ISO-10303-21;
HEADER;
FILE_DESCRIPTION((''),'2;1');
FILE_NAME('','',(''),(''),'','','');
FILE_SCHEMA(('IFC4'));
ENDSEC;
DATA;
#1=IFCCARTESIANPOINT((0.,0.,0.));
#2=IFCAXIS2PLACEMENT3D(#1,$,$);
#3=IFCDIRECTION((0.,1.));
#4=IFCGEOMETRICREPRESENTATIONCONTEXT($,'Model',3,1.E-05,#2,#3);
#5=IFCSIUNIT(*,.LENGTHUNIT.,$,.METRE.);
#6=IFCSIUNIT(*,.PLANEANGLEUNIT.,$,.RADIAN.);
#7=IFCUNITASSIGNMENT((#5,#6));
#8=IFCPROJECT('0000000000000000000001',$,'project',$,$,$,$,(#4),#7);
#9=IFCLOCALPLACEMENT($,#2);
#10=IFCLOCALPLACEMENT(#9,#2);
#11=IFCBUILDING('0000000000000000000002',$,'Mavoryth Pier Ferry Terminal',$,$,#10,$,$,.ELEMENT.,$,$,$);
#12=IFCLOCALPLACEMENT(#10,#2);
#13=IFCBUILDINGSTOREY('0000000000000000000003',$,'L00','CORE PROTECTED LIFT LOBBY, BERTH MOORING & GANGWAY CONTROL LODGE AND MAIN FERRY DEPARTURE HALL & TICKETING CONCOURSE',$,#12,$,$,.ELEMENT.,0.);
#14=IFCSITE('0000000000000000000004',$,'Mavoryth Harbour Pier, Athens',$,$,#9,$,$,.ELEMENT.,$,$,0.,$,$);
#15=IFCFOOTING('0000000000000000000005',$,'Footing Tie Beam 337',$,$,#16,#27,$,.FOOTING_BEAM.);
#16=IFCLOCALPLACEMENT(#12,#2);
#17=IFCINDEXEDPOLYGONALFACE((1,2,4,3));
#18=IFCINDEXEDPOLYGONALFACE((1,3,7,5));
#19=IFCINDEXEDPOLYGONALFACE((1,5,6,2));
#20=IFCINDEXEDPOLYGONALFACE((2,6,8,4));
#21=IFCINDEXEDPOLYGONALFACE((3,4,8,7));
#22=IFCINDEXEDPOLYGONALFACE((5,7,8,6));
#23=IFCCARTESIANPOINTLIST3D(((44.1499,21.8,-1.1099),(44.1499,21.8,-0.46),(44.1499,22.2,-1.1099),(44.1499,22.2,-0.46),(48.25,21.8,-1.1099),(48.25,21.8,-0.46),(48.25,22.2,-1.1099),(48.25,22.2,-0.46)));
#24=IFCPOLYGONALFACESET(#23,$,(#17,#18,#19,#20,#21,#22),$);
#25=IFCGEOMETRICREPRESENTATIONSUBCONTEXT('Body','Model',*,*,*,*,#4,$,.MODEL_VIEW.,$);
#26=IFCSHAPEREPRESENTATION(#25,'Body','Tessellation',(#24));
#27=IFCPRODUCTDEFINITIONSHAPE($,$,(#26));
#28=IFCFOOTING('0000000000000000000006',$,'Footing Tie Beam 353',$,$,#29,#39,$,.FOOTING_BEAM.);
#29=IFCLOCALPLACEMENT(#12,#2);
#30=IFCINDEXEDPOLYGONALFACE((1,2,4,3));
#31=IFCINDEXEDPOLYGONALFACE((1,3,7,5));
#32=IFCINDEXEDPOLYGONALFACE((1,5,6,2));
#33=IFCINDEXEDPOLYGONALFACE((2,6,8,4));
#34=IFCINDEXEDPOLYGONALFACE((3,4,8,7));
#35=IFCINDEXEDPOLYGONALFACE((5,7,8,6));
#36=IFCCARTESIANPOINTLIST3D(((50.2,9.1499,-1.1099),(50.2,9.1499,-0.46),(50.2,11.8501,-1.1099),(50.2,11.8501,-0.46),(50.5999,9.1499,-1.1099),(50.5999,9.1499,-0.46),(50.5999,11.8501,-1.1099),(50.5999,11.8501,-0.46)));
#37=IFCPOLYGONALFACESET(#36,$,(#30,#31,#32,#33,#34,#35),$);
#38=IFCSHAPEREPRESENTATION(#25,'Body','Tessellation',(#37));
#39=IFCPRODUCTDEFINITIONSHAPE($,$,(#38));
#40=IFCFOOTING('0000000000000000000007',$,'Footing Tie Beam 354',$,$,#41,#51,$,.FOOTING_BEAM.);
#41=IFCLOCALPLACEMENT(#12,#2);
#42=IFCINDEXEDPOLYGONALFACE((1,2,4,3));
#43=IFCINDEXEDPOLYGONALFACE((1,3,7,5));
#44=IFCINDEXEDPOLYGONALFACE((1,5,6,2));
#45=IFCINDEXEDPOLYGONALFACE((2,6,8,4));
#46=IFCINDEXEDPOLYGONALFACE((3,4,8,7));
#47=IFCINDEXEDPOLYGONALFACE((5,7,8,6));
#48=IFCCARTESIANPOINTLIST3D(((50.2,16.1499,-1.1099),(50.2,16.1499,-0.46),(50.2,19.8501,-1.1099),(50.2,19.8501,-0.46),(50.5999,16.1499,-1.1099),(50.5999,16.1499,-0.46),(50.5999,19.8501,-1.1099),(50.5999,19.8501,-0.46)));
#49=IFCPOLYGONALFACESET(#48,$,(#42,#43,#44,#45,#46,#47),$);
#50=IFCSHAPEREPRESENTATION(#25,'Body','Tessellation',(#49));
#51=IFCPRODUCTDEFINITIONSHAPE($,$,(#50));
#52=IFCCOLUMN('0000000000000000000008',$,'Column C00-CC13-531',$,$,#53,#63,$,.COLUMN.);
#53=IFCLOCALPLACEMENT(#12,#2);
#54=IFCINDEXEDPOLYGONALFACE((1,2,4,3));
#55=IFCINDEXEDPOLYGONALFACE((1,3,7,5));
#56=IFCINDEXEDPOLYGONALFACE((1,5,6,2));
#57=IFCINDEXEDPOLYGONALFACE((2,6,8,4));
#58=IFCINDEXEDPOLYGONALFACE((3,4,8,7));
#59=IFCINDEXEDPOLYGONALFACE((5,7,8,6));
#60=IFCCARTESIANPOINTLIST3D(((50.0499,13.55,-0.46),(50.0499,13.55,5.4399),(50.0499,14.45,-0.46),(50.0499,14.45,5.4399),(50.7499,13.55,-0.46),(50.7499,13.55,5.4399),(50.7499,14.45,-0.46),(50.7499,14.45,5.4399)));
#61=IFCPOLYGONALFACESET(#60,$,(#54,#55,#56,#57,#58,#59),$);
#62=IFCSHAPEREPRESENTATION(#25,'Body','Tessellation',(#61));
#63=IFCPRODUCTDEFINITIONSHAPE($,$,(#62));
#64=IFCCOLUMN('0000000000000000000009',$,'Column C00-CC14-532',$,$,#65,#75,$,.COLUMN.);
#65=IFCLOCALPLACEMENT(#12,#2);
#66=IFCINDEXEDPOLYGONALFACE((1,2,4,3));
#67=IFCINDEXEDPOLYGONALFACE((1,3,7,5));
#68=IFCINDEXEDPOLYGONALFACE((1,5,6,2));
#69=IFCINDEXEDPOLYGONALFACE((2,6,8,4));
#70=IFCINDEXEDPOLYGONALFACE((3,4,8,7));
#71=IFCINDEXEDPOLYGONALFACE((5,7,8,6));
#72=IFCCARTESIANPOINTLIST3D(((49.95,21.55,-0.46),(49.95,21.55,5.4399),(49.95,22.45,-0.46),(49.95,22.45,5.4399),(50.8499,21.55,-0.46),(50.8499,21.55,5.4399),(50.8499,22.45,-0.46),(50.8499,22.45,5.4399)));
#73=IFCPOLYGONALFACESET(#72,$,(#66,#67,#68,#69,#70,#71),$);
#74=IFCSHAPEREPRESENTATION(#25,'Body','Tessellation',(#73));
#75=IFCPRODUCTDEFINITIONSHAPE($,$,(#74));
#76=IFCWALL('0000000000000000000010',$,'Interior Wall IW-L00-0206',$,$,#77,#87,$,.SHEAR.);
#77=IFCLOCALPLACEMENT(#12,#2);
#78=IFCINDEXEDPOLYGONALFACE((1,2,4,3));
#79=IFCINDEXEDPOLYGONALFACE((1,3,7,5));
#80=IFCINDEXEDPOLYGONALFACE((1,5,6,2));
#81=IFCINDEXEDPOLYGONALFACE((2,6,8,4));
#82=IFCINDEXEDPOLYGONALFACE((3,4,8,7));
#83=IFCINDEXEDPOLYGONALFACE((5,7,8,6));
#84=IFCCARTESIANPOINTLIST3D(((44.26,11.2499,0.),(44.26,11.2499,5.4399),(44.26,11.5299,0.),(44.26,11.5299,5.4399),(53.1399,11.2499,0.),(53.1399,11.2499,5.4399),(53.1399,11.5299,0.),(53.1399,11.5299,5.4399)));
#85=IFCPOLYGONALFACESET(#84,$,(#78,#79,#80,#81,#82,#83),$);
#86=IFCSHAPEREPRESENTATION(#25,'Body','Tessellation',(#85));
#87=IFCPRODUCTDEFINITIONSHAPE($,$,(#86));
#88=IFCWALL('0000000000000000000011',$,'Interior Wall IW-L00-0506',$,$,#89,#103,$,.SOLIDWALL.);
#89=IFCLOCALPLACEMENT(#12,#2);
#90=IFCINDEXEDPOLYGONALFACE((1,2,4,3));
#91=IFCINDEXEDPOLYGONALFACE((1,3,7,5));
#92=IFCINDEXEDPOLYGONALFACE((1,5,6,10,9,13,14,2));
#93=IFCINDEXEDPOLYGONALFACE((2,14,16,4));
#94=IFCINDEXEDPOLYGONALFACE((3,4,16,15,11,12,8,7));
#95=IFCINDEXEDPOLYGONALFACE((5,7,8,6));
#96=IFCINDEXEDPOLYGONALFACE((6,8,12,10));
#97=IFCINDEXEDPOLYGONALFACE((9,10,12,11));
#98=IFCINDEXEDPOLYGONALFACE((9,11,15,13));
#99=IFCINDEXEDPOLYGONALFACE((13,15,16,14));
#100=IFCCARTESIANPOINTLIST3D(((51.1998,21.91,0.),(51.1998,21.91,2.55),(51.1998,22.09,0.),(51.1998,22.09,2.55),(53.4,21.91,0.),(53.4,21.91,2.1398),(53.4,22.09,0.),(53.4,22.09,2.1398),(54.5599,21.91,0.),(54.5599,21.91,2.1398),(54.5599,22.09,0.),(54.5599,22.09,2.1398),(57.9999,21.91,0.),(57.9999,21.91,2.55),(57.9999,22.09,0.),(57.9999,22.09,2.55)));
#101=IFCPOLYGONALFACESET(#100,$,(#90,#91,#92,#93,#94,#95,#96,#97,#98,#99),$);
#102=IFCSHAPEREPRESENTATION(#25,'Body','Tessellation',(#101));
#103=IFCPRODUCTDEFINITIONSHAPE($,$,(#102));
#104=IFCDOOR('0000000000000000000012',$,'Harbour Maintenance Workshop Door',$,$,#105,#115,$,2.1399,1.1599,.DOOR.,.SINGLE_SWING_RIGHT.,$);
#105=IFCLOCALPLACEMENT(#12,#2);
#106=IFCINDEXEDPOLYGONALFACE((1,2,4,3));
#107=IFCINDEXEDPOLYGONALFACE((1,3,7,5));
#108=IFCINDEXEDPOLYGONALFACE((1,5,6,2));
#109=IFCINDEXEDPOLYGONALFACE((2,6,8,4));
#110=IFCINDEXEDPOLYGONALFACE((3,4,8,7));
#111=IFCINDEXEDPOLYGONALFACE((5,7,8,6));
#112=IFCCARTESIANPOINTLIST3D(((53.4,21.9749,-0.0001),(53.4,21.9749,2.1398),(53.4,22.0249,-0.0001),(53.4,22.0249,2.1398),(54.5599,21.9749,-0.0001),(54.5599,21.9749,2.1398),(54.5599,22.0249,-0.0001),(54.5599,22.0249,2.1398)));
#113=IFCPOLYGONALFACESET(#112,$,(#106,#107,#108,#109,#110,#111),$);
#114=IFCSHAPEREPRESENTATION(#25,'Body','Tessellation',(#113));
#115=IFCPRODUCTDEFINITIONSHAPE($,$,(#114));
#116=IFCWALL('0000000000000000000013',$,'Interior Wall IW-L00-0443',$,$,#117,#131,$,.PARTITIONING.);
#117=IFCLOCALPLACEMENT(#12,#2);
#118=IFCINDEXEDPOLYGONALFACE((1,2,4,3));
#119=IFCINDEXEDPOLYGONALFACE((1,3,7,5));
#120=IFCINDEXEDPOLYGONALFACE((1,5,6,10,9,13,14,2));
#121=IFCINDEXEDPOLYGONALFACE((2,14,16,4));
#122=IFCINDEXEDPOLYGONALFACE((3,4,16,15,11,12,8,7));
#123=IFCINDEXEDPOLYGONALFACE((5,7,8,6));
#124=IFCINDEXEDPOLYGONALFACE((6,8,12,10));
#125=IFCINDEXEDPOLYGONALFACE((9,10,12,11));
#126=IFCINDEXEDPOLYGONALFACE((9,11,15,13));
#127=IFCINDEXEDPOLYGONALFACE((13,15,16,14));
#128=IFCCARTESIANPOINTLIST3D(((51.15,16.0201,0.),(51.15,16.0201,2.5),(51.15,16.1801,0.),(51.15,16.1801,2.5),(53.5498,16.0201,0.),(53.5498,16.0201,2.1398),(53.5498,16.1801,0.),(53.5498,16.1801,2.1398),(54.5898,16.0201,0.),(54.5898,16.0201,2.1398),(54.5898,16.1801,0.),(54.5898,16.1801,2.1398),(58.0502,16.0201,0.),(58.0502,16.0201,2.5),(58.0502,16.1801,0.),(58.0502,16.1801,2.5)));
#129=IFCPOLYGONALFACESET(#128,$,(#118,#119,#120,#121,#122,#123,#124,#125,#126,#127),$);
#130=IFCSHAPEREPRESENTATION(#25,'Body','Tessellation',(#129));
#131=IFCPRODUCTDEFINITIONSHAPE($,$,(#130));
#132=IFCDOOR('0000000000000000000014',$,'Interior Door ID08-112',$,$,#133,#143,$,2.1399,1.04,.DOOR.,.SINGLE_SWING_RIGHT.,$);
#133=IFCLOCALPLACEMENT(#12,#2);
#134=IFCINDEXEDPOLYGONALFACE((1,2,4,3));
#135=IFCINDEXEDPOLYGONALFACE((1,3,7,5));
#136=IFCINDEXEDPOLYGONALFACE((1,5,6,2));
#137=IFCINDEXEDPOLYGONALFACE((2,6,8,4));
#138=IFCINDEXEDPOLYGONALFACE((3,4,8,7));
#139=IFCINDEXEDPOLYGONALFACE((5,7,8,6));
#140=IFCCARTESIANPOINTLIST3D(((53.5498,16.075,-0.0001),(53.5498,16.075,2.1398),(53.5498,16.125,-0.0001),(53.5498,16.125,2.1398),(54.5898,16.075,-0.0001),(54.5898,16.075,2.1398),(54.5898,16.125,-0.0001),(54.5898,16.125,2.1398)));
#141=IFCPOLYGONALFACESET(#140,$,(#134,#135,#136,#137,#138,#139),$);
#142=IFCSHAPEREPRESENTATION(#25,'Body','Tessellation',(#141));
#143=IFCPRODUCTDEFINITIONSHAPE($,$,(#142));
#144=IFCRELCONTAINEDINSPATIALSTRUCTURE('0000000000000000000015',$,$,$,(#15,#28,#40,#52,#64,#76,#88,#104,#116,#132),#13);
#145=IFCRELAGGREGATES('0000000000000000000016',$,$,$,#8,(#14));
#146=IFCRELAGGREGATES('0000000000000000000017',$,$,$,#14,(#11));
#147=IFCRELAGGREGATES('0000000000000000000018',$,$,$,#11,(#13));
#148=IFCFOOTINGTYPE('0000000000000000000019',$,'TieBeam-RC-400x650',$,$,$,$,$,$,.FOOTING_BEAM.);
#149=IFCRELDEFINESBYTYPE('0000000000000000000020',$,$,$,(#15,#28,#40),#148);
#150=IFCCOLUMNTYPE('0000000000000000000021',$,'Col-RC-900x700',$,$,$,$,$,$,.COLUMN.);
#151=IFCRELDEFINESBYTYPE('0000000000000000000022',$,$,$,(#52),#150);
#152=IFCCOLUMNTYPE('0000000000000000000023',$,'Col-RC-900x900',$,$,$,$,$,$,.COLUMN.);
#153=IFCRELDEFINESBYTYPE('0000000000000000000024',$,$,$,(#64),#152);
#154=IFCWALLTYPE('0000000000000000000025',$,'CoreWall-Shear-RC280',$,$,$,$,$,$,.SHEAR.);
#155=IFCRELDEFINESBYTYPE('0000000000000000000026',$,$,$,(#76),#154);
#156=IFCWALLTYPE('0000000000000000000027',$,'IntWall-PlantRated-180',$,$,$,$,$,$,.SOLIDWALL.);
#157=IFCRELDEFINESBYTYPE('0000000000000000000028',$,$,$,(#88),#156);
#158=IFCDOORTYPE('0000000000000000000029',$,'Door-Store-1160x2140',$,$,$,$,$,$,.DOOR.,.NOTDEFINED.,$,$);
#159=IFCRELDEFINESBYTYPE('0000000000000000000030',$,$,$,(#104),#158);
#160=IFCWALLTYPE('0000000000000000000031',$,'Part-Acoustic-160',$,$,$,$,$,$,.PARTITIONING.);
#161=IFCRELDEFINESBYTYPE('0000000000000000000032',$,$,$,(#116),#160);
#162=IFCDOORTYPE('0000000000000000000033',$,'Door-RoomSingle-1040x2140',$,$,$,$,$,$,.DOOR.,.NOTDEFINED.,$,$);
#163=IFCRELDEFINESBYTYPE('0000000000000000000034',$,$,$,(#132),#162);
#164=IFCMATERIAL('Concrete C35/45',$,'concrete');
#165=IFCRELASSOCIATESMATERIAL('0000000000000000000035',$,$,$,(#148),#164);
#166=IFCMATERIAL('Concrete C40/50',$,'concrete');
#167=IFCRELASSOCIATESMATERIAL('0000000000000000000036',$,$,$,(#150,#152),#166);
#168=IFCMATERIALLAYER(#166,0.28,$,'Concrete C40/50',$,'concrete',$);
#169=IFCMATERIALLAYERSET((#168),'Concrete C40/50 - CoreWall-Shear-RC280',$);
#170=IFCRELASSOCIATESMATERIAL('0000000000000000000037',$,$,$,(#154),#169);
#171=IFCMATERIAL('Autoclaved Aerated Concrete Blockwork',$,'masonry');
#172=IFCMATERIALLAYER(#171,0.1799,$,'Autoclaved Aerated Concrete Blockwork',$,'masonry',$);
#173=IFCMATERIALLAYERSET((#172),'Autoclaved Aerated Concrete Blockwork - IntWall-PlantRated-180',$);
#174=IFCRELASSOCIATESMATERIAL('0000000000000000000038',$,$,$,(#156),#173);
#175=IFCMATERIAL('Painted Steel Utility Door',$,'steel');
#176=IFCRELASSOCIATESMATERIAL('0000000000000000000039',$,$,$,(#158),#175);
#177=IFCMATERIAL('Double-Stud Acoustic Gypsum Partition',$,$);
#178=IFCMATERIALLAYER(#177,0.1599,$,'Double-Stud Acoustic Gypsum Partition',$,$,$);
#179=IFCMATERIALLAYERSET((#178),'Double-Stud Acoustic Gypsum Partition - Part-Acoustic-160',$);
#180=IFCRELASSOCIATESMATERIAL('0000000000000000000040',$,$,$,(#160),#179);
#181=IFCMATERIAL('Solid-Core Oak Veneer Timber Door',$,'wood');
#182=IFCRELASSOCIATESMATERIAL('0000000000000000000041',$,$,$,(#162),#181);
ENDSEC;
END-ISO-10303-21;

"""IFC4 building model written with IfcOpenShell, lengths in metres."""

from ifc_helpers import new_model, si_unit, direction, frame, frame_2d, origin, origin_2d, place, context, subcontext, project, spatial, rectangle, extrude, material, layer, layer_set, material_profile, profile_set, type_object, element, fill, save


model = new_model("IFC4")

# Units and contexts
model_context = context("Model", 3, precision=1e-05, world=origin(), true_north=direction((0.0, 1.0)))
body_context = subcontext(model_context, "Body", "Model", "MODEL_VIEW")
ifc_project = project(units=[si_unit("LENGTHUNIT", "METRE"), si_unit("PLANEANGLEUNIT", "RADIAN")], contexts=[model_context])

# Site, building, storey
site_placement = place(None, origin())
site = spatial("IfcSite", under=ifc_project, at=site_placement, Name="Mavoryth Harbour Pier, Athens", CompositionType="ELEMENT", RefElevation=0.0)
building_placement = place(site_placement, origin())
building = spatial("IfcBuilding", under=site, at=building_placement, Name="Mavoryth Pier Ferry Terminal", CompositionType="ELEMENT")
storey_placement = place(building_placement, origin())
storey = spatial("IfcBuildingStorey", under=building, at=storey_placement, Name="L00", Description="CORE PROTECTED LIFT LOBBY, BERTH MOORING & GANGWAY CONTROL LODGE AND MAIN FERRY DEPARTURE HALL & TICKETING CONCOURSE", CompositionType="ELEMENT", Elevation=0.0)

# Shared definitions
ifc_material_1 = material(Name="Concrete C35/45", Category="concrete")

# Footings
ifc_material_profile_1 = material_profile(ifc_material_1, rectangle(XDim=0.3999, YDim=0.6499, at=origin_2d()), Name="RC 400x650", Category="concrete")
ifc_profile_set_1 = profile_set([ifc_material_profile_1], Name="Concrete C35/45 - RC 400x650")
footing_type_1 = type_object("IfcFootingType", Name="TieBeam-RC-400x650", PredefinedType="FOOTING_BEAM", material=ifc_profile_set_1)
for number, where, z_axis, x_axis, name in (
    (1, (44.1499, 22.0, -0.7849), (1.0, 0.0, 0.0), (0.0, 1.0, 0.0), "Footing Tie Beam 337"),
):
    element("IfcFooting", number, at=place(storey_placement, frame(where, z_axis=z_axis, x_axis=x_axis)), inside=storey, type_object=footing_type_1, Name=name, PredefinedType="FOOTING_BEAM", context=body_context, shape_type="SweptSolid", body=[
        extrude(rectangle(XDim=0.3999, YDim=0.6499, at=origin_2d()), origin(), (0.0, 0.0, 1.0), 4.1001),
    ])
footing_1_placement = place(storey_placement, frame((50.3999, 9.1499, -0.7849), z_axis=(0.0, 1.0, 0.0), x_axis=(-1.0, 0.0, 0.0)))
element("IfcFooting", 2, at=footing_1_placement, inside=storey, type_object=footing_type_1, Name="Footing Tie Beam 353", PredefinedType="FOOTING_BEAM", context=body_context, shape_type="SweptSolid", body=[
    extrude(rectangle(XDim=0.3999, YDim=0.6499, at=origin_2d()), origin(), (0.0, 0.0, 1.0), 2.7002),
])
footing_2_placement = place(storey_placement, frame((50.3999, 16.1499, -0.7849), z_axis=(0.0, 1.0, 0.0), x_axis=(-1.0, 0.0, 0.0)))
element("IfcFooting", 3, at=footing_2_placement, inside=storey, type_object=footing_type_1, Name="Footing Tie Beam 354", PredefinedType="FOOTING_BEAM", context=body_context, shape_type="SweptSolid", body=[
    extrude(rectangle(XDim=0.3999, YDim=0.6499, at=origin_2d()), origin(), (0.0, 0.0, 1.0), 3.7002),
])

# Columns
ifc_material_2 = material(Name="Concrete C40/50", Category="concrete")
ifc_material_profile_2 = material_profile(ifc_material_2, rectangle(XDim=0.7, YDim=0.8999, at=origin_2d()), Name="RC 900x700", Category="concrete")
ifc_profile_set_2 = profile_set([ifc_material_profile_2], Name="Concrete C40/50 - RC 900x700")
column_type_1 = type_object("IfcColumnType", Name="Col-RC-900x700", PredefinedType="COLUMN", material=ifc_profile_set_2)
column_1_placement = place(storey_placement, frame((50.3999, 14.0, -0.46), z_axis=(0.0, 0.0, 1.0), x_axis=(1.0, 0.0, 0.0)))
element("IfcColumn", 4, at=column_1_placement, inside=storey, type_object=column_type_1, Name="Column C00-CC13-531", PredefinedType="COLUMN", context=body_context, shape_type="SweptSolid", body=[
    extrude(rectangle(XDim=0.7, YDim=0.8999, at=origin_2d()), origin(), (0.0, 0.0, 1.0), 5.8999),
])
ifc_material_profile_3 = material_profile(ifc_material_2, rectangle(XDim=0.8999, YDim=0.8999, at=origin_2d()), Name="RC 900x900", Category="concrete")
ifc_profile_set_3 = profile_set([ifc_material_profile_3], Name="Concrete C40/50 - RC 900x900")
column_type_2 = type_object("IfcColumnType", Name="Col-RC-900x900", PredefinedType="COLUMN", material=ifc_profile_set_3)
column_2_placement = place(storey_placement, frame((50.3999, 22.0, -0.46), z_axis=(0.0, 0.0, 1.0), x_axis=(1.0, 0.0, 0.0)))
element("IfcColumn", 5, at=column_2_placement, inside=storey, type_object=column_type_2, Name="Column C00-CC14-532", PredefinedType="COLUMN", context=body_context, shape_type="SweptSolid", body=[
    extrude(rectangle(XDim=0.8999, YDim=0.8999, at=origin_2d()), origin(), (0.0, 0.0, 1.0), 5.8999),
])

# Wall
ifc_layer_1 = layer(ifc_material_2, 0.28, Name="Concrete C40/50", Category="concrete")
ifc_layer_set_1 = layer_set([ifc_layer_1], Name="Concrete C40/50 - CoreWall-Shear-RC280")
wall_type_1 = type_object("IfcWallType", Name="CoreWall-Shear-RC280", PredefinedType="SHEAR", material=ifc_layer_set_1)
wall_1_placement = place(storey_placement, frame((44.26, 11.3899, 0.0), z_axis=(0.0, 0.0, 1.0), x_axis=(1.0, 0.0, 0.0)))
element("IfcWall", 6, at=wall_1_placement, inside=storey, type_object=wall_type_1, Name="Interior Wall IW-L00-0206", PredefinedType="SHEAR", context=body_context, shape_type="SweptSolid", body=[
    extrude(rectangle(XDim=8.8799, YDim=0.28, at=frame_2d((4.4399, 0.0))), origin(), (0.0, 0.0, 1.0), 5.4399),
])

# Walls, openings, doors
ifc_material_3 = material(Name="Autoclaved Aerated Concrete Blockwork", Category="masonry")
ifc_layer_2 = layer(ifc_material_3, 0.1799, Name="Autoclaved Aerated Concrete Blockwork", Category="masonry")
ifc_layer_set_2 = layer_set([ifc_layer_2], Name="Autoclaved Aerated Concrete Blockwork - IntWall-PlantRated-180")
wall_type_2 = type_object("IfcWallType", Name="IntWall-PlantRated-180", PredefinedType="SOLIDWALL", material=ifc_layer_set_2)
wall_2_placement = place(storey_placement, frame((51.2, 22.0, 0.0), z_axis=(0.0, 0.0, 1.0), x_axis=(1.0, 0.0, 0.0)))
wall_2 = element("IfcWall", 7, at=wall_2_placement, inside=storey, type_object=wall_type_2, Name="Interior Wall IW-L00-0506", PredefinedType="SOLIDWALL", context=body_context, shape_type="SweptSolid", body=[
    extrude(rectangle(XDim=6.8, YDim=0.1799, at=frame_2d((3.3999, 0.0))), origin(), (0.0, 0.0, 1.0), 2.55),
])
opening_1_placement = place(wall_2_placement, frame((2.2, 0.0, 0.0)))
opening_1 = element("IfcOpeningElement", 8, at=opening_1_placement, cuts=wall_2, PredefinedType="OPENING", context=body_context, shape_type="SweptSolid", body=[
    extrude(rectangle(XDim=1.1599, YDim=2.1399, at=frame_2d((0.5801, 1.0698))), frame((0.0, 0.0999, 0.0), z_axis=(0.0, -1.0, 0.0), x_axis=(1.0, 0.0, 0.0)), (0.0, 0.0, 1.0), 0.2),
])
ifc_material_4 = material(Name="Painted Steel Utility Door", Category="steel")
door_type_1 = type_object("IfcDoorType", Name="Door-Store-1160x2140", OperationType="NOTDEFINED", PredefinedType="DOOR", material=ifc_material_4)
door_1_placement = place(opening_1_placement, origin())
door_1 = element("IfcDoor", 9, at=door_1_placement, inside=storey, type_object=door_type_1, Name="Harbour Maintenance Workshop Door", OperationType="SINGLE_SWING_RIGHT", OverallHeight=2.1399, OverallWidth=1.1599, PredefinedType="DOOR", context=body_context, shape_type="SweptSolid", body=[
    extrude(rectangle(XDim=1.1599, YDim=2.1399, at=frame_2d((0.5801, 1.0698))), frame((0.0, 0.0249, 0.0), z_axis=(0.0, -1.0, 0.0), x_axis=(1.0, 0.0, 0.0)), (0.0, 0.0, 1.0), 0.05),
])
fill(opening_1, door_1)
ifc_material_5 = material(Name="Double-Stud Acoustic Gypsum Partition")
ifc_layer_3 = layer(ifc_material_5, 0.1599, Name="Double-Stud Acoustic Gypsum Partition")
ifc_layer_set_3 = layer_set([ifc_layer_3], Name="Double-Stud Acoustic Gypsum Partition - Part-Acoustic-160")
wall_type_3 = type_object("IfcWallType", Name="Part-Acoustic-160", PredefinedType="PARTITIONING", material=ifc_layer_set_3)
wall_3_placement = place(storey_placement, frame((51.1499, 16.1001, 0.0), z_axis=(0.0, 0.0, 1.0), x_axis=(1.0, 0.0, 0.0)))
wall_3 = element("IfcWall", 10, at=wall_3_placement, inside=storey, type_object=wall_type_3, Name="Interior Wall IW-L00-0443", PredefinedType="PARTITIONING", context=body_context, shape_type="SweptSolid", body=[
    extrude(rectangle(XDim=6.9001, YDim=0.1599, at=frame_2d((3.4502, 0.0))), origin(), (0.0, 0.0, 1.0), 2.5),
])
opening_2_placement = place(wall_3_placement, frame((2.3999, 0.0, 0.0)))
opening_2 = element("IfcOpeningElement", 11, at=opening_2_placement, cuts=wall_3, PredefinedType="OPENING", context=body_context, shape_type="SweptSolid", body=[
    extrude(rectangle(XDim=1.04, YDim=2.1399, at=frame_2d((0.52, 1.0698))), frame((0.0, 0.0898, 0.0), z_axis=(0.0, -1.0, 0.0), x_axis=(1.0, 0.0, 0.0)), (0.0, 0.0, 1.0), 0.1799),
])
ifc_material_6 = material(Name="Solid-Core Oak Veneer Timber Door", Category="wood")
door_type_2 = type_object("IfcDoorType", Name="Door-RoomSingle-1040x2140", OperationType="NOTDEFINED", PredefinedType="DOOR", material=ifc_material_6)
door_2_placement = place(opening_2_placement, origin())
door_2 = element("IfcDoor", 12, at=door_2_placement, inside=storey, type_object=door_type_2, Name="Interior Door ID08-112", OperationType="SINGLE_SWING_RIGHT", OverallHeight=2.1399, OverallWidth=1.04, PredefinedType="DOOR", context=body_context, shape_type="SweptSolid", body=[
    extrude(rectangle(XDim=1.04, YDim=2.1399, at=frame_2d((0.52, 1.0698))), frame((0.0, 0.0249, 0.0), z_axis=(0.0, -1.0, 0.0), x_axis=(1.0, 0.0, 0.0)), (0.0, 0.0, 1.0), 0.05),
])
fill(opening_2, door_2)

save(model, "model.ifc")
